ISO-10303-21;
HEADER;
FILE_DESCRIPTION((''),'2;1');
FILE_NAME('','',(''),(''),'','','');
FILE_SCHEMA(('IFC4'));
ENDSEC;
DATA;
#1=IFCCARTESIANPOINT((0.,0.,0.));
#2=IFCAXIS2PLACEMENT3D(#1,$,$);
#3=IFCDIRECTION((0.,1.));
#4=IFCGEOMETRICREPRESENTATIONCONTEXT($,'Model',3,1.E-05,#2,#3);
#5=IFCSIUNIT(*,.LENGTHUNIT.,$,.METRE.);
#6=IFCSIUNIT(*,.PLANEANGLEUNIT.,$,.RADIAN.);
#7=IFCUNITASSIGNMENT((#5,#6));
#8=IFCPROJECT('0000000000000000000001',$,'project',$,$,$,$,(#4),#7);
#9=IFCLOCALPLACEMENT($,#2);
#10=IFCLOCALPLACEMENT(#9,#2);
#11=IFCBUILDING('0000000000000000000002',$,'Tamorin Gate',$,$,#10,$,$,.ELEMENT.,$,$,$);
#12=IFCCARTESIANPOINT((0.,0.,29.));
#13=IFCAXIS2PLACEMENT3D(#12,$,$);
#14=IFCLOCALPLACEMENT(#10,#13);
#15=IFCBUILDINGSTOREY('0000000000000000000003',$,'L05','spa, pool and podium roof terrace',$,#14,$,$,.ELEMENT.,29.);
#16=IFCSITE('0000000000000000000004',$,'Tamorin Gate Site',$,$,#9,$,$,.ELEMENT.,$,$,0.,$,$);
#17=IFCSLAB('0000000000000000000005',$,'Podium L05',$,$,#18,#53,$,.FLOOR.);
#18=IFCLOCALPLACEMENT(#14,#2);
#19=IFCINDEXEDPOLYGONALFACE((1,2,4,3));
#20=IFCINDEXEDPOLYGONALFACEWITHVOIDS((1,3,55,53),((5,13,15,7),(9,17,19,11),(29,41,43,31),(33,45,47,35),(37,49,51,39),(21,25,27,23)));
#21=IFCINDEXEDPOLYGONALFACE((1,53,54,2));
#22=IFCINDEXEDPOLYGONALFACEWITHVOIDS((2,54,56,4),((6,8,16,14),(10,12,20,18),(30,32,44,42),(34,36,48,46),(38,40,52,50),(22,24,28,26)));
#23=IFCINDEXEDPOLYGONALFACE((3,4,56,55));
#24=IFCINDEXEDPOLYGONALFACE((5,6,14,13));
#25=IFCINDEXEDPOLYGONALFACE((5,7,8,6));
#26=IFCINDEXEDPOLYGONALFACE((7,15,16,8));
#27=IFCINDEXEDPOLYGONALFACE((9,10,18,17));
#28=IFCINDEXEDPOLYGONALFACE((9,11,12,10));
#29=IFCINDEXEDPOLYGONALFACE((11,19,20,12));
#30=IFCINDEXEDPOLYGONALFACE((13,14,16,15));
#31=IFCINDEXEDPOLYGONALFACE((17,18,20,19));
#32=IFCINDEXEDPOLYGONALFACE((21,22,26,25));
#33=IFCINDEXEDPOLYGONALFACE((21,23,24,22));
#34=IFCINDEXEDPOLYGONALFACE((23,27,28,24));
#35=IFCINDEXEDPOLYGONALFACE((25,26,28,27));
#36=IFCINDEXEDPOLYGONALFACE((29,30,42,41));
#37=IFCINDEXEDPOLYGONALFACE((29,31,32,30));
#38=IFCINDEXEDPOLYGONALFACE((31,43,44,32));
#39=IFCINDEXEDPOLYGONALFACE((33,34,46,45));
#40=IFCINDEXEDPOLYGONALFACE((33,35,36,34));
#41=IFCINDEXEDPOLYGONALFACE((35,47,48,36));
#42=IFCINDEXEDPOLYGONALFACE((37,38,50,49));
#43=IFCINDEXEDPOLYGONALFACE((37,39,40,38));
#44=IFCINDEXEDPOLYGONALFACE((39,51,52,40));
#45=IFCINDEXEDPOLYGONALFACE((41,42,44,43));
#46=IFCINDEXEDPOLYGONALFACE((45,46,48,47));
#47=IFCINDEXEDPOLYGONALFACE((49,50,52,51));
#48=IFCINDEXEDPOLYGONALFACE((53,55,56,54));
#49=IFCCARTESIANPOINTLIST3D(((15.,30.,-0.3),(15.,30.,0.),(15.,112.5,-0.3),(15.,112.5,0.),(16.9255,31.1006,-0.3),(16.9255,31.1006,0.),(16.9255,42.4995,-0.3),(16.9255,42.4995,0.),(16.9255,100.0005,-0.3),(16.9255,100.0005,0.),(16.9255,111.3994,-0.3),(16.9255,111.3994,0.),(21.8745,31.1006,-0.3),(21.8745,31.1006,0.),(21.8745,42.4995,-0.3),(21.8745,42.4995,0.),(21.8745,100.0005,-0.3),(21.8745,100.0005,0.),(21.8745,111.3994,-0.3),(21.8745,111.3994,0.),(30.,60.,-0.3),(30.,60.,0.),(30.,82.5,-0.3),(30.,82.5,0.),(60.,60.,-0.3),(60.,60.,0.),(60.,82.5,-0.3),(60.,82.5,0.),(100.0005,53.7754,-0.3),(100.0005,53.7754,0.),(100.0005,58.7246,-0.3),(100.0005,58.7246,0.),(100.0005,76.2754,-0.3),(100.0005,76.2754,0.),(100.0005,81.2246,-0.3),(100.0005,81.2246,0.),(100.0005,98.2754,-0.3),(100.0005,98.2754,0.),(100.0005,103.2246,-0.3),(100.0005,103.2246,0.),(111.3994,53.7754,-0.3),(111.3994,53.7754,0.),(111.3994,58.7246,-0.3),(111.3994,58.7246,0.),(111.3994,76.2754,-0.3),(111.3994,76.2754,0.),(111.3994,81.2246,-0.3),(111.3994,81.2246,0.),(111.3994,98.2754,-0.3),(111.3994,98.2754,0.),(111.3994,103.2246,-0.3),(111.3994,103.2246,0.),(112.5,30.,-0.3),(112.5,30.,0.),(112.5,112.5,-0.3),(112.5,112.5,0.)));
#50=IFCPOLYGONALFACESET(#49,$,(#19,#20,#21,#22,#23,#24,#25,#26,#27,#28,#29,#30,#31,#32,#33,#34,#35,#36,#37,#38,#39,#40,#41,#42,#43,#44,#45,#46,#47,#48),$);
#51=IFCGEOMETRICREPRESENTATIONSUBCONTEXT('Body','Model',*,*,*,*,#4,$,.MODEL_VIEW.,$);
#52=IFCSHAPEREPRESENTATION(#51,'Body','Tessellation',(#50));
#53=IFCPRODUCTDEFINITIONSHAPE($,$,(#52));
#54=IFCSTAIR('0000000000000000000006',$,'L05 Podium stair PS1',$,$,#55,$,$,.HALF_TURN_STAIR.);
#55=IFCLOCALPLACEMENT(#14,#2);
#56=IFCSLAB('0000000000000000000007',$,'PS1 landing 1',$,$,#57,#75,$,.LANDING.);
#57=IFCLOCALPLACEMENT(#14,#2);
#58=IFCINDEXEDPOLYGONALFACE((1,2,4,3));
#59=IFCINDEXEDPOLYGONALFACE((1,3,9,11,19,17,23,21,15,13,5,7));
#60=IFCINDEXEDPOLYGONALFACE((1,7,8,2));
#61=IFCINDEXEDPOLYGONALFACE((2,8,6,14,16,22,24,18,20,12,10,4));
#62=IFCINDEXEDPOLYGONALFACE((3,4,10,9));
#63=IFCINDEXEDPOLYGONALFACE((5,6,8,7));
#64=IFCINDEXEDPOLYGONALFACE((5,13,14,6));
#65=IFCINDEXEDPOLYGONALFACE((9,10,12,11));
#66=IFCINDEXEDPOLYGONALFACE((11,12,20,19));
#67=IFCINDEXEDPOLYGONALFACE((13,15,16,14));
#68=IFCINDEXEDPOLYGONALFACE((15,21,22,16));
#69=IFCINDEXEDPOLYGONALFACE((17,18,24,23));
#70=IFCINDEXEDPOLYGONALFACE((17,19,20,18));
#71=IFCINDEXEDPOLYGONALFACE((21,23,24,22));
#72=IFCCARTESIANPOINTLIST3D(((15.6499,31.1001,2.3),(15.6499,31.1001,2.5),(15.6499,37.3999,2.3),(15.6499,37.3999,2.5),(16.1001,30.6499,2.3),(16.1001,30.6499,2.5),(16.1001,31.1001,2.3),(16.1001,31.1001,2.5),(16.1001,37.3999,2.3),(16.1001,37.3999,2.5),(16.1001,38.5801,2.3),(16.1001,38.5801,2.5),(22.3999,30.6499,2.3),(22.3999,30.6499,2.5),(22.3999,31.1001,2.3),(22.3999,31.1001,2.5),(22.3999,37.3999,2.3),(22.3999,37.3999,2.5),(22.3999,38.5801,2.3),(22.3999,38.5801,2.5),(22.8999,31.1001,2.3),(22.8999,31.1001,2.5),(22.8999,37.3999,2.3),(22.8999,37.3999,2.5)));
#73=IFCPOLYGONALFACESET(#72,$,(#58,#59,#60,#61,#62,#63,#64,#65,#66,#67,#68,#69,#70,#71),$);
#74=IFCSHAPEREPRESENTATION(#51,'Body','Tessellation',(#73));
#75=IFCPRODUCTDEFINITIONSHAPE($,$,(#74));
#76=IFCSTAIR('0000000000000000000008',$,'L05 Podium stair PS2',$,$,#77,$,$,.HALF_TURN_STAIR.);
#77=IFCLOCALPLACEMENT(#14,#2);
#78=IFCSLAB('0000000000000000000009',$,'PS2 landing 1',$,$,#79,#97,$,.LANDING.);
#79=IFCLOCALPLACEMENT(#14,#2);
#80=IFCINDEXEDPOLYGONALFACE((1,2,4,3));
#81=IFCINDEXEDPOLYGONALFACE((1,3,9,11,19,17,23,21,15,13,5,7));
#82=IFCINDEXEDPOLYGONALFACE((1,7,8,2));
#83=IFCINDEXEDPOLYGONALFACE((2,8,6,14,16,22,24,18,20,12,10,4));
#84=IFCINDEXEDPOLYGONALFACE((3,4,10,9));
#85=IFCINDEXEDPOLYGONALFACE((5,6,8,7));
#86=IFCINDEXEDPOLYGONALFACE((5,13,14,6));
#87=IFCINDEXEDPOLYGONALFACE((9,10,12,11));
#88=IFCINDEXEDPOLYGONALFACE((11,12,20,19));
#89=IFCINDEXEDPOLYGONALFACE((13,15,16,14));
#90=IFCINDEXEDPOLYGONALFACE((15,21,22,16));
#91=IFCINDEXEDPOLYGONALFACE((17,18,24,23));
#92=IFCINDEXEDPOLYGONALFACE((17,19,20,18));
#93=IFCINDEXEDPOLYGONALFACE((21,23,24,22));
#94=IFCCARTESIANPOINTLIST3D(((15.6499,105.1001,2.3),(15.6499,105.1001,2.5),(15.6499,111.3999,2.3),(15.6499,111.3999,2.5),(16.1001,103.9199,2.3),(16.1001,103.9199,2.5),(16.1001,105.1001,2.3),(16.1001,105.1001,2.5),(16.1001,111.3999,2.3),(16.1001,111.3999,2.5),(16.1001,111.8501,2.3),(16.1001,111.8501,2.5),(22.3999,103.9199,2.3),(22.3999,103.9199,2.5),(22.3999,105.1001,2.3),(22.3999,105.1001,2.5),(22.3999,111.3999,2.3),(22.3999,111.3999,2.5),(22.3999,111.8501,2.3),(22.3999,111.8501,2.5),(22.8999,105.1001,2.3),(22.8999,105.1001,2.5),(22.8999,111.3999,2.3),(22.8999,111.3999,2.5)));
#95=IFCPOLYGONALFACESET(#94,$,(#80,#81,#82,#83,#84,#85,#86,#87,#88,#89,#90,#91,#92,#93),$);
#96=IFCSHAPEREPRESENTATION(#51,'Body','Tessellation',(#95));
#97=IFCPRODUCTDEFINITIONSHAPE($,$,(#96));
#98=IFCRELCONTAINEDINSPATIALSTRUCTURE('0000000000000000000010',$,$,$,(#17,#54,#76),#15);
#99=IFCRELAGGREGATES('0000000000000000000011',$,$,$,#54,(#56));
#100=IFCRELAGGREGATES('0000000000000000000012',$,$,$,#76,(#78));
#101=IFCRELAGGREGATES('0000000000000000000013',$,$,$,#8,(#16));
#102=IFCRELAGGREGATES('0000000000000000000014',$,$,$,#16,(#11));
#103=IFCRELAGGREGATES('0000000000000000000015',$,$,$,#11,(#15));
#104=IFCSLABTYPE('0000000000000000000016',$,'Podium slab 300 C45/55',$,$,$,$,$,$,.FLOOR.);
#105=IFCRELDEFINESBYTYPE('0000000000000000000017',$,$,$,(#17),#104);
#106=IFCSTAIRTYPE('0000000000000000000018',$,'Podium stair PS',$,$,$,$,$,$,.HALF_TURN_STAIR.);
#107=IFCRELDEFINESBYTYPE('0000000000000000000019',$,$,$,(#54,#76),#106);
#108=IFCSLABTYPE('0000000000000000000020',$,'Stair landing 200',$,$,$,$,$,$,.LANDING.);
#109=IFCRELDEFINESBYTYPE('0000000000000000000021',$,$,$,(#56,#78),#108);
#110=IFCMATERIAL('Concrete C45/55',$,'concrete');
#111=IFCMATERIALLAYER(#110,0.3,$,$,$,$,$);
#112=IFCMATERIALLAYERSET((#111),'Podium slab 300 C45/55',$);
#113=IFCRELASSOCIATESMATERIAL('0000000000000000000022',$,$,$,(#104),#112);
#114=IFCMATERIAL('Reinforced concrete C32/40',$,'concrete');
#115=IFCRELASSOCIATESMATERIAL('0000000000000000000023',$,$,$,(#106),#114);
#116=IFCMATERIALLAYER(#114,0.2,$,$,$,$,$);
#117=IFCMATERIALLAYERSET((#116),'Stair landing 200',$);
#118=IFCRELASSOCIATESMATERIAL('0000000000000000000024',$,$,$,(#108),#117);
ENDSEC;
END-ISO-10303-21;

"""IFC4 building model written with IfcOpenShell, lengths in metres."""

from ifc_helpers import new_model, si_unit, direction, frame, origin, place, context, subcontext, project, spatial, polyline, outline, extrude, material, layer, layer_set, type_object, element, aggregate, save


model = new_model("IFC4")

# Units and contexts
model_context = context("Model", 3, precision=1e-05, world=origin(), true_north=direction((0.0, 1.0)))
body_context = subcontext(model_context, "Body", "Model", "MODEL_VIEW")
ifc_project = project(units=[si_unit("LENGTHUNIT", "METRE"), si_unit("PLANEANGLEUNIT", "RADIAN")], contexts=[model_context])

# Site, building, storey
site_placement = place(None, origin())
site = spatial("IfcSite", under=ifc_project, at=site_placement, Name="Tamorin Gate Site", CompositionType="ELEMENT", RefElevation=0.0)
building_placement = place(site_placement, origin())
building = spatial("IfcBuilding", under=site, at=building_placement, Name="Tamorin Gate", CompositionType="ELEMENT")
storey_placement = place(building_placement, frame((0.0, 0.0, 29.0)))
storey = spatial("IfcBuildingStorey", under=building, at=storey_placement, Name="L05", Description="spa, pool and podium roof terrace", CompositionType="ELEMENT", Elevation=29.0)

# Slab
ifc_material_1 = material(Name="Concrete C45/55", Category="concrete")
ifc_layer_1 = layer(ifc_material_1, 0.3)
ifc_layer_set_1 = layer_set([ifc_layer_1], Name="Podium slab 300 C45/55")
slab_type_1 = type_object("IfcSlabType", Name="Podium slab 300 C45/55", PredefinedType="FLOOR", material=ifc_layer_set_1)
slab_1_placement = place(storey_placement, frame((0.0, 0.0, -0.3)))
element("IfcSlab", 1, at=slab_1_placement, inside=storey, type_object=slab_type_1, Name="Podium L05", PredefinedType="FLOOR", context=body_context, shape_type="SweptSolid", body=[
    extrude(outline(polyline([(15.0, 30.0), (112.5, 30.0), (112.5, 112.5), (15.0, 112.5), (15.0, 30.0)]), holes=[polyline([(60.0, 60.0), (60.0, 82.5), (30.0, 82.5), (30.0, 60.0), (60.0, 60.0)]), polyline([(16.9255, 42.4995), (21.8745, 42.4995), (21.8745, 31.1006), (16.9255, 31.1006), (16.9255, 42.4995)]), polyline([(21.8745, 100.0005), (16.9255, 100.0005), (16.9255, 111.3994), (21.8745, 111.3994), (21.8745, 100.0005)]), polyline([(100.0005, 53.7754), (100.0005, 58.7246), (111.3994, 58.7246), (111.3994, 53.7754), (100.0005, 53.7754)]), polyline([(100.0005, 98.2754), (100.0005, 103.2246), (111.3994, 103.2246), (111.3994, 98.2754), (100.0005, 98.2754)]), polyline([(100.0005, 76.2754), (100.0005, 81.2246), (111.3994, 81.2246), (111.3994, 76.2754), (100.0005, 76.2754)])]), origin(), (0.0, 0.0, 1.0), 0.3),
])

# Stairs, slabs
ifc_material_2 = material(Name="Reinforced concrete C32/40", Category="concrete")
stair_type_1 = type_object("IfcStairType", Name="Podium stair PS", PredefinedType="HALF_TURN_STAIR", material=ifc_material_2)
stair_1_placement = place(storey_placement, origin())
stair_1 = element("IfcStair", 2, at=stair_1_placement, inside=storey, type_object=stair_type_1, Name="L05 Podium stair PS1", PredefinedType="HALF_TURN_STAIR")
ifc_layer_2 = layer(ifc_material_2, 0.2)
ifc_layer_set_2 = layer_set([ifc_layer_2], Name="Stair landing 200")
slab_type_2 = type_object("IfcSlabType", Name="Stair landing 200", PredefinedType="LANDING", material=ifc_layer_set_2)
slab_2_placement = place(storey_placement, frame((0.0, 0.0, 2.3)))
slab_2 = element("IfcSlab", 3, at=slab_2_placement, type_object=slab_type_2, Name="PS1 landing 1", PredefinedType="LANDING", context=body_context, shape_type="SweptSolid", body=[
    extrude(outline(polyline([(22.3999, 31.1001), (22.3999, 30.6499), (16.1001, 30.6499), (16.1001, 31.1001), (15.6499, 31.1001), (15.6499, 37.3999), (16.1001, 37.3999), (16.1001, 38.5801), (22.3999, 38.5801), (22.3999, 37.3999), (22.8999, 37.3999), (22.8999, 31.1001), (22.3999, 31.1001)])), origin(), (0.0, 0.0, 1.0), 0.2),
])
aggregate(stair_1, [slab_2])
stair_2_placement = place(storey_placement, origin())
stair_2 = element("IfcStair", 4, at=stair_2_placement, inside=storey, type_object=stair_type_1, Name="L05 Podium stair PS2", PredefinedType="HALF_TURN_STAIR")
slab_3_placement = place(storey_placement, frame((0.0, 0.0, 2.3)))
slab_3 = element("IfcSlab", 5, at=slab_3_placement, type_object=slab_type_2, Name="PS2 landing 1", PredefinedType="LANDING", context=body_context, shape_type="SweptSolid", body=[
    extrude(outline(polyline([(22.3999, 105.1001), (22.3999, 103.9199), (16.1001, 103.9199), (16.1001, 105.1001), (15.6499, 105.1001), (15.6499, 111.3999), (16.1001, 111.3999), (16.1001, 111.8501), (22.3999, 111.8501), (22.3999, 111.3999), (22.8999, 111.3999), (22.8999, 105.1001), (22.3999, 105.1001)])), origin(), (0.0, 0.0, 1.0), 0.2),
])
aggregate(stair_2, [slab_3])

save(model, "model.ifc")
